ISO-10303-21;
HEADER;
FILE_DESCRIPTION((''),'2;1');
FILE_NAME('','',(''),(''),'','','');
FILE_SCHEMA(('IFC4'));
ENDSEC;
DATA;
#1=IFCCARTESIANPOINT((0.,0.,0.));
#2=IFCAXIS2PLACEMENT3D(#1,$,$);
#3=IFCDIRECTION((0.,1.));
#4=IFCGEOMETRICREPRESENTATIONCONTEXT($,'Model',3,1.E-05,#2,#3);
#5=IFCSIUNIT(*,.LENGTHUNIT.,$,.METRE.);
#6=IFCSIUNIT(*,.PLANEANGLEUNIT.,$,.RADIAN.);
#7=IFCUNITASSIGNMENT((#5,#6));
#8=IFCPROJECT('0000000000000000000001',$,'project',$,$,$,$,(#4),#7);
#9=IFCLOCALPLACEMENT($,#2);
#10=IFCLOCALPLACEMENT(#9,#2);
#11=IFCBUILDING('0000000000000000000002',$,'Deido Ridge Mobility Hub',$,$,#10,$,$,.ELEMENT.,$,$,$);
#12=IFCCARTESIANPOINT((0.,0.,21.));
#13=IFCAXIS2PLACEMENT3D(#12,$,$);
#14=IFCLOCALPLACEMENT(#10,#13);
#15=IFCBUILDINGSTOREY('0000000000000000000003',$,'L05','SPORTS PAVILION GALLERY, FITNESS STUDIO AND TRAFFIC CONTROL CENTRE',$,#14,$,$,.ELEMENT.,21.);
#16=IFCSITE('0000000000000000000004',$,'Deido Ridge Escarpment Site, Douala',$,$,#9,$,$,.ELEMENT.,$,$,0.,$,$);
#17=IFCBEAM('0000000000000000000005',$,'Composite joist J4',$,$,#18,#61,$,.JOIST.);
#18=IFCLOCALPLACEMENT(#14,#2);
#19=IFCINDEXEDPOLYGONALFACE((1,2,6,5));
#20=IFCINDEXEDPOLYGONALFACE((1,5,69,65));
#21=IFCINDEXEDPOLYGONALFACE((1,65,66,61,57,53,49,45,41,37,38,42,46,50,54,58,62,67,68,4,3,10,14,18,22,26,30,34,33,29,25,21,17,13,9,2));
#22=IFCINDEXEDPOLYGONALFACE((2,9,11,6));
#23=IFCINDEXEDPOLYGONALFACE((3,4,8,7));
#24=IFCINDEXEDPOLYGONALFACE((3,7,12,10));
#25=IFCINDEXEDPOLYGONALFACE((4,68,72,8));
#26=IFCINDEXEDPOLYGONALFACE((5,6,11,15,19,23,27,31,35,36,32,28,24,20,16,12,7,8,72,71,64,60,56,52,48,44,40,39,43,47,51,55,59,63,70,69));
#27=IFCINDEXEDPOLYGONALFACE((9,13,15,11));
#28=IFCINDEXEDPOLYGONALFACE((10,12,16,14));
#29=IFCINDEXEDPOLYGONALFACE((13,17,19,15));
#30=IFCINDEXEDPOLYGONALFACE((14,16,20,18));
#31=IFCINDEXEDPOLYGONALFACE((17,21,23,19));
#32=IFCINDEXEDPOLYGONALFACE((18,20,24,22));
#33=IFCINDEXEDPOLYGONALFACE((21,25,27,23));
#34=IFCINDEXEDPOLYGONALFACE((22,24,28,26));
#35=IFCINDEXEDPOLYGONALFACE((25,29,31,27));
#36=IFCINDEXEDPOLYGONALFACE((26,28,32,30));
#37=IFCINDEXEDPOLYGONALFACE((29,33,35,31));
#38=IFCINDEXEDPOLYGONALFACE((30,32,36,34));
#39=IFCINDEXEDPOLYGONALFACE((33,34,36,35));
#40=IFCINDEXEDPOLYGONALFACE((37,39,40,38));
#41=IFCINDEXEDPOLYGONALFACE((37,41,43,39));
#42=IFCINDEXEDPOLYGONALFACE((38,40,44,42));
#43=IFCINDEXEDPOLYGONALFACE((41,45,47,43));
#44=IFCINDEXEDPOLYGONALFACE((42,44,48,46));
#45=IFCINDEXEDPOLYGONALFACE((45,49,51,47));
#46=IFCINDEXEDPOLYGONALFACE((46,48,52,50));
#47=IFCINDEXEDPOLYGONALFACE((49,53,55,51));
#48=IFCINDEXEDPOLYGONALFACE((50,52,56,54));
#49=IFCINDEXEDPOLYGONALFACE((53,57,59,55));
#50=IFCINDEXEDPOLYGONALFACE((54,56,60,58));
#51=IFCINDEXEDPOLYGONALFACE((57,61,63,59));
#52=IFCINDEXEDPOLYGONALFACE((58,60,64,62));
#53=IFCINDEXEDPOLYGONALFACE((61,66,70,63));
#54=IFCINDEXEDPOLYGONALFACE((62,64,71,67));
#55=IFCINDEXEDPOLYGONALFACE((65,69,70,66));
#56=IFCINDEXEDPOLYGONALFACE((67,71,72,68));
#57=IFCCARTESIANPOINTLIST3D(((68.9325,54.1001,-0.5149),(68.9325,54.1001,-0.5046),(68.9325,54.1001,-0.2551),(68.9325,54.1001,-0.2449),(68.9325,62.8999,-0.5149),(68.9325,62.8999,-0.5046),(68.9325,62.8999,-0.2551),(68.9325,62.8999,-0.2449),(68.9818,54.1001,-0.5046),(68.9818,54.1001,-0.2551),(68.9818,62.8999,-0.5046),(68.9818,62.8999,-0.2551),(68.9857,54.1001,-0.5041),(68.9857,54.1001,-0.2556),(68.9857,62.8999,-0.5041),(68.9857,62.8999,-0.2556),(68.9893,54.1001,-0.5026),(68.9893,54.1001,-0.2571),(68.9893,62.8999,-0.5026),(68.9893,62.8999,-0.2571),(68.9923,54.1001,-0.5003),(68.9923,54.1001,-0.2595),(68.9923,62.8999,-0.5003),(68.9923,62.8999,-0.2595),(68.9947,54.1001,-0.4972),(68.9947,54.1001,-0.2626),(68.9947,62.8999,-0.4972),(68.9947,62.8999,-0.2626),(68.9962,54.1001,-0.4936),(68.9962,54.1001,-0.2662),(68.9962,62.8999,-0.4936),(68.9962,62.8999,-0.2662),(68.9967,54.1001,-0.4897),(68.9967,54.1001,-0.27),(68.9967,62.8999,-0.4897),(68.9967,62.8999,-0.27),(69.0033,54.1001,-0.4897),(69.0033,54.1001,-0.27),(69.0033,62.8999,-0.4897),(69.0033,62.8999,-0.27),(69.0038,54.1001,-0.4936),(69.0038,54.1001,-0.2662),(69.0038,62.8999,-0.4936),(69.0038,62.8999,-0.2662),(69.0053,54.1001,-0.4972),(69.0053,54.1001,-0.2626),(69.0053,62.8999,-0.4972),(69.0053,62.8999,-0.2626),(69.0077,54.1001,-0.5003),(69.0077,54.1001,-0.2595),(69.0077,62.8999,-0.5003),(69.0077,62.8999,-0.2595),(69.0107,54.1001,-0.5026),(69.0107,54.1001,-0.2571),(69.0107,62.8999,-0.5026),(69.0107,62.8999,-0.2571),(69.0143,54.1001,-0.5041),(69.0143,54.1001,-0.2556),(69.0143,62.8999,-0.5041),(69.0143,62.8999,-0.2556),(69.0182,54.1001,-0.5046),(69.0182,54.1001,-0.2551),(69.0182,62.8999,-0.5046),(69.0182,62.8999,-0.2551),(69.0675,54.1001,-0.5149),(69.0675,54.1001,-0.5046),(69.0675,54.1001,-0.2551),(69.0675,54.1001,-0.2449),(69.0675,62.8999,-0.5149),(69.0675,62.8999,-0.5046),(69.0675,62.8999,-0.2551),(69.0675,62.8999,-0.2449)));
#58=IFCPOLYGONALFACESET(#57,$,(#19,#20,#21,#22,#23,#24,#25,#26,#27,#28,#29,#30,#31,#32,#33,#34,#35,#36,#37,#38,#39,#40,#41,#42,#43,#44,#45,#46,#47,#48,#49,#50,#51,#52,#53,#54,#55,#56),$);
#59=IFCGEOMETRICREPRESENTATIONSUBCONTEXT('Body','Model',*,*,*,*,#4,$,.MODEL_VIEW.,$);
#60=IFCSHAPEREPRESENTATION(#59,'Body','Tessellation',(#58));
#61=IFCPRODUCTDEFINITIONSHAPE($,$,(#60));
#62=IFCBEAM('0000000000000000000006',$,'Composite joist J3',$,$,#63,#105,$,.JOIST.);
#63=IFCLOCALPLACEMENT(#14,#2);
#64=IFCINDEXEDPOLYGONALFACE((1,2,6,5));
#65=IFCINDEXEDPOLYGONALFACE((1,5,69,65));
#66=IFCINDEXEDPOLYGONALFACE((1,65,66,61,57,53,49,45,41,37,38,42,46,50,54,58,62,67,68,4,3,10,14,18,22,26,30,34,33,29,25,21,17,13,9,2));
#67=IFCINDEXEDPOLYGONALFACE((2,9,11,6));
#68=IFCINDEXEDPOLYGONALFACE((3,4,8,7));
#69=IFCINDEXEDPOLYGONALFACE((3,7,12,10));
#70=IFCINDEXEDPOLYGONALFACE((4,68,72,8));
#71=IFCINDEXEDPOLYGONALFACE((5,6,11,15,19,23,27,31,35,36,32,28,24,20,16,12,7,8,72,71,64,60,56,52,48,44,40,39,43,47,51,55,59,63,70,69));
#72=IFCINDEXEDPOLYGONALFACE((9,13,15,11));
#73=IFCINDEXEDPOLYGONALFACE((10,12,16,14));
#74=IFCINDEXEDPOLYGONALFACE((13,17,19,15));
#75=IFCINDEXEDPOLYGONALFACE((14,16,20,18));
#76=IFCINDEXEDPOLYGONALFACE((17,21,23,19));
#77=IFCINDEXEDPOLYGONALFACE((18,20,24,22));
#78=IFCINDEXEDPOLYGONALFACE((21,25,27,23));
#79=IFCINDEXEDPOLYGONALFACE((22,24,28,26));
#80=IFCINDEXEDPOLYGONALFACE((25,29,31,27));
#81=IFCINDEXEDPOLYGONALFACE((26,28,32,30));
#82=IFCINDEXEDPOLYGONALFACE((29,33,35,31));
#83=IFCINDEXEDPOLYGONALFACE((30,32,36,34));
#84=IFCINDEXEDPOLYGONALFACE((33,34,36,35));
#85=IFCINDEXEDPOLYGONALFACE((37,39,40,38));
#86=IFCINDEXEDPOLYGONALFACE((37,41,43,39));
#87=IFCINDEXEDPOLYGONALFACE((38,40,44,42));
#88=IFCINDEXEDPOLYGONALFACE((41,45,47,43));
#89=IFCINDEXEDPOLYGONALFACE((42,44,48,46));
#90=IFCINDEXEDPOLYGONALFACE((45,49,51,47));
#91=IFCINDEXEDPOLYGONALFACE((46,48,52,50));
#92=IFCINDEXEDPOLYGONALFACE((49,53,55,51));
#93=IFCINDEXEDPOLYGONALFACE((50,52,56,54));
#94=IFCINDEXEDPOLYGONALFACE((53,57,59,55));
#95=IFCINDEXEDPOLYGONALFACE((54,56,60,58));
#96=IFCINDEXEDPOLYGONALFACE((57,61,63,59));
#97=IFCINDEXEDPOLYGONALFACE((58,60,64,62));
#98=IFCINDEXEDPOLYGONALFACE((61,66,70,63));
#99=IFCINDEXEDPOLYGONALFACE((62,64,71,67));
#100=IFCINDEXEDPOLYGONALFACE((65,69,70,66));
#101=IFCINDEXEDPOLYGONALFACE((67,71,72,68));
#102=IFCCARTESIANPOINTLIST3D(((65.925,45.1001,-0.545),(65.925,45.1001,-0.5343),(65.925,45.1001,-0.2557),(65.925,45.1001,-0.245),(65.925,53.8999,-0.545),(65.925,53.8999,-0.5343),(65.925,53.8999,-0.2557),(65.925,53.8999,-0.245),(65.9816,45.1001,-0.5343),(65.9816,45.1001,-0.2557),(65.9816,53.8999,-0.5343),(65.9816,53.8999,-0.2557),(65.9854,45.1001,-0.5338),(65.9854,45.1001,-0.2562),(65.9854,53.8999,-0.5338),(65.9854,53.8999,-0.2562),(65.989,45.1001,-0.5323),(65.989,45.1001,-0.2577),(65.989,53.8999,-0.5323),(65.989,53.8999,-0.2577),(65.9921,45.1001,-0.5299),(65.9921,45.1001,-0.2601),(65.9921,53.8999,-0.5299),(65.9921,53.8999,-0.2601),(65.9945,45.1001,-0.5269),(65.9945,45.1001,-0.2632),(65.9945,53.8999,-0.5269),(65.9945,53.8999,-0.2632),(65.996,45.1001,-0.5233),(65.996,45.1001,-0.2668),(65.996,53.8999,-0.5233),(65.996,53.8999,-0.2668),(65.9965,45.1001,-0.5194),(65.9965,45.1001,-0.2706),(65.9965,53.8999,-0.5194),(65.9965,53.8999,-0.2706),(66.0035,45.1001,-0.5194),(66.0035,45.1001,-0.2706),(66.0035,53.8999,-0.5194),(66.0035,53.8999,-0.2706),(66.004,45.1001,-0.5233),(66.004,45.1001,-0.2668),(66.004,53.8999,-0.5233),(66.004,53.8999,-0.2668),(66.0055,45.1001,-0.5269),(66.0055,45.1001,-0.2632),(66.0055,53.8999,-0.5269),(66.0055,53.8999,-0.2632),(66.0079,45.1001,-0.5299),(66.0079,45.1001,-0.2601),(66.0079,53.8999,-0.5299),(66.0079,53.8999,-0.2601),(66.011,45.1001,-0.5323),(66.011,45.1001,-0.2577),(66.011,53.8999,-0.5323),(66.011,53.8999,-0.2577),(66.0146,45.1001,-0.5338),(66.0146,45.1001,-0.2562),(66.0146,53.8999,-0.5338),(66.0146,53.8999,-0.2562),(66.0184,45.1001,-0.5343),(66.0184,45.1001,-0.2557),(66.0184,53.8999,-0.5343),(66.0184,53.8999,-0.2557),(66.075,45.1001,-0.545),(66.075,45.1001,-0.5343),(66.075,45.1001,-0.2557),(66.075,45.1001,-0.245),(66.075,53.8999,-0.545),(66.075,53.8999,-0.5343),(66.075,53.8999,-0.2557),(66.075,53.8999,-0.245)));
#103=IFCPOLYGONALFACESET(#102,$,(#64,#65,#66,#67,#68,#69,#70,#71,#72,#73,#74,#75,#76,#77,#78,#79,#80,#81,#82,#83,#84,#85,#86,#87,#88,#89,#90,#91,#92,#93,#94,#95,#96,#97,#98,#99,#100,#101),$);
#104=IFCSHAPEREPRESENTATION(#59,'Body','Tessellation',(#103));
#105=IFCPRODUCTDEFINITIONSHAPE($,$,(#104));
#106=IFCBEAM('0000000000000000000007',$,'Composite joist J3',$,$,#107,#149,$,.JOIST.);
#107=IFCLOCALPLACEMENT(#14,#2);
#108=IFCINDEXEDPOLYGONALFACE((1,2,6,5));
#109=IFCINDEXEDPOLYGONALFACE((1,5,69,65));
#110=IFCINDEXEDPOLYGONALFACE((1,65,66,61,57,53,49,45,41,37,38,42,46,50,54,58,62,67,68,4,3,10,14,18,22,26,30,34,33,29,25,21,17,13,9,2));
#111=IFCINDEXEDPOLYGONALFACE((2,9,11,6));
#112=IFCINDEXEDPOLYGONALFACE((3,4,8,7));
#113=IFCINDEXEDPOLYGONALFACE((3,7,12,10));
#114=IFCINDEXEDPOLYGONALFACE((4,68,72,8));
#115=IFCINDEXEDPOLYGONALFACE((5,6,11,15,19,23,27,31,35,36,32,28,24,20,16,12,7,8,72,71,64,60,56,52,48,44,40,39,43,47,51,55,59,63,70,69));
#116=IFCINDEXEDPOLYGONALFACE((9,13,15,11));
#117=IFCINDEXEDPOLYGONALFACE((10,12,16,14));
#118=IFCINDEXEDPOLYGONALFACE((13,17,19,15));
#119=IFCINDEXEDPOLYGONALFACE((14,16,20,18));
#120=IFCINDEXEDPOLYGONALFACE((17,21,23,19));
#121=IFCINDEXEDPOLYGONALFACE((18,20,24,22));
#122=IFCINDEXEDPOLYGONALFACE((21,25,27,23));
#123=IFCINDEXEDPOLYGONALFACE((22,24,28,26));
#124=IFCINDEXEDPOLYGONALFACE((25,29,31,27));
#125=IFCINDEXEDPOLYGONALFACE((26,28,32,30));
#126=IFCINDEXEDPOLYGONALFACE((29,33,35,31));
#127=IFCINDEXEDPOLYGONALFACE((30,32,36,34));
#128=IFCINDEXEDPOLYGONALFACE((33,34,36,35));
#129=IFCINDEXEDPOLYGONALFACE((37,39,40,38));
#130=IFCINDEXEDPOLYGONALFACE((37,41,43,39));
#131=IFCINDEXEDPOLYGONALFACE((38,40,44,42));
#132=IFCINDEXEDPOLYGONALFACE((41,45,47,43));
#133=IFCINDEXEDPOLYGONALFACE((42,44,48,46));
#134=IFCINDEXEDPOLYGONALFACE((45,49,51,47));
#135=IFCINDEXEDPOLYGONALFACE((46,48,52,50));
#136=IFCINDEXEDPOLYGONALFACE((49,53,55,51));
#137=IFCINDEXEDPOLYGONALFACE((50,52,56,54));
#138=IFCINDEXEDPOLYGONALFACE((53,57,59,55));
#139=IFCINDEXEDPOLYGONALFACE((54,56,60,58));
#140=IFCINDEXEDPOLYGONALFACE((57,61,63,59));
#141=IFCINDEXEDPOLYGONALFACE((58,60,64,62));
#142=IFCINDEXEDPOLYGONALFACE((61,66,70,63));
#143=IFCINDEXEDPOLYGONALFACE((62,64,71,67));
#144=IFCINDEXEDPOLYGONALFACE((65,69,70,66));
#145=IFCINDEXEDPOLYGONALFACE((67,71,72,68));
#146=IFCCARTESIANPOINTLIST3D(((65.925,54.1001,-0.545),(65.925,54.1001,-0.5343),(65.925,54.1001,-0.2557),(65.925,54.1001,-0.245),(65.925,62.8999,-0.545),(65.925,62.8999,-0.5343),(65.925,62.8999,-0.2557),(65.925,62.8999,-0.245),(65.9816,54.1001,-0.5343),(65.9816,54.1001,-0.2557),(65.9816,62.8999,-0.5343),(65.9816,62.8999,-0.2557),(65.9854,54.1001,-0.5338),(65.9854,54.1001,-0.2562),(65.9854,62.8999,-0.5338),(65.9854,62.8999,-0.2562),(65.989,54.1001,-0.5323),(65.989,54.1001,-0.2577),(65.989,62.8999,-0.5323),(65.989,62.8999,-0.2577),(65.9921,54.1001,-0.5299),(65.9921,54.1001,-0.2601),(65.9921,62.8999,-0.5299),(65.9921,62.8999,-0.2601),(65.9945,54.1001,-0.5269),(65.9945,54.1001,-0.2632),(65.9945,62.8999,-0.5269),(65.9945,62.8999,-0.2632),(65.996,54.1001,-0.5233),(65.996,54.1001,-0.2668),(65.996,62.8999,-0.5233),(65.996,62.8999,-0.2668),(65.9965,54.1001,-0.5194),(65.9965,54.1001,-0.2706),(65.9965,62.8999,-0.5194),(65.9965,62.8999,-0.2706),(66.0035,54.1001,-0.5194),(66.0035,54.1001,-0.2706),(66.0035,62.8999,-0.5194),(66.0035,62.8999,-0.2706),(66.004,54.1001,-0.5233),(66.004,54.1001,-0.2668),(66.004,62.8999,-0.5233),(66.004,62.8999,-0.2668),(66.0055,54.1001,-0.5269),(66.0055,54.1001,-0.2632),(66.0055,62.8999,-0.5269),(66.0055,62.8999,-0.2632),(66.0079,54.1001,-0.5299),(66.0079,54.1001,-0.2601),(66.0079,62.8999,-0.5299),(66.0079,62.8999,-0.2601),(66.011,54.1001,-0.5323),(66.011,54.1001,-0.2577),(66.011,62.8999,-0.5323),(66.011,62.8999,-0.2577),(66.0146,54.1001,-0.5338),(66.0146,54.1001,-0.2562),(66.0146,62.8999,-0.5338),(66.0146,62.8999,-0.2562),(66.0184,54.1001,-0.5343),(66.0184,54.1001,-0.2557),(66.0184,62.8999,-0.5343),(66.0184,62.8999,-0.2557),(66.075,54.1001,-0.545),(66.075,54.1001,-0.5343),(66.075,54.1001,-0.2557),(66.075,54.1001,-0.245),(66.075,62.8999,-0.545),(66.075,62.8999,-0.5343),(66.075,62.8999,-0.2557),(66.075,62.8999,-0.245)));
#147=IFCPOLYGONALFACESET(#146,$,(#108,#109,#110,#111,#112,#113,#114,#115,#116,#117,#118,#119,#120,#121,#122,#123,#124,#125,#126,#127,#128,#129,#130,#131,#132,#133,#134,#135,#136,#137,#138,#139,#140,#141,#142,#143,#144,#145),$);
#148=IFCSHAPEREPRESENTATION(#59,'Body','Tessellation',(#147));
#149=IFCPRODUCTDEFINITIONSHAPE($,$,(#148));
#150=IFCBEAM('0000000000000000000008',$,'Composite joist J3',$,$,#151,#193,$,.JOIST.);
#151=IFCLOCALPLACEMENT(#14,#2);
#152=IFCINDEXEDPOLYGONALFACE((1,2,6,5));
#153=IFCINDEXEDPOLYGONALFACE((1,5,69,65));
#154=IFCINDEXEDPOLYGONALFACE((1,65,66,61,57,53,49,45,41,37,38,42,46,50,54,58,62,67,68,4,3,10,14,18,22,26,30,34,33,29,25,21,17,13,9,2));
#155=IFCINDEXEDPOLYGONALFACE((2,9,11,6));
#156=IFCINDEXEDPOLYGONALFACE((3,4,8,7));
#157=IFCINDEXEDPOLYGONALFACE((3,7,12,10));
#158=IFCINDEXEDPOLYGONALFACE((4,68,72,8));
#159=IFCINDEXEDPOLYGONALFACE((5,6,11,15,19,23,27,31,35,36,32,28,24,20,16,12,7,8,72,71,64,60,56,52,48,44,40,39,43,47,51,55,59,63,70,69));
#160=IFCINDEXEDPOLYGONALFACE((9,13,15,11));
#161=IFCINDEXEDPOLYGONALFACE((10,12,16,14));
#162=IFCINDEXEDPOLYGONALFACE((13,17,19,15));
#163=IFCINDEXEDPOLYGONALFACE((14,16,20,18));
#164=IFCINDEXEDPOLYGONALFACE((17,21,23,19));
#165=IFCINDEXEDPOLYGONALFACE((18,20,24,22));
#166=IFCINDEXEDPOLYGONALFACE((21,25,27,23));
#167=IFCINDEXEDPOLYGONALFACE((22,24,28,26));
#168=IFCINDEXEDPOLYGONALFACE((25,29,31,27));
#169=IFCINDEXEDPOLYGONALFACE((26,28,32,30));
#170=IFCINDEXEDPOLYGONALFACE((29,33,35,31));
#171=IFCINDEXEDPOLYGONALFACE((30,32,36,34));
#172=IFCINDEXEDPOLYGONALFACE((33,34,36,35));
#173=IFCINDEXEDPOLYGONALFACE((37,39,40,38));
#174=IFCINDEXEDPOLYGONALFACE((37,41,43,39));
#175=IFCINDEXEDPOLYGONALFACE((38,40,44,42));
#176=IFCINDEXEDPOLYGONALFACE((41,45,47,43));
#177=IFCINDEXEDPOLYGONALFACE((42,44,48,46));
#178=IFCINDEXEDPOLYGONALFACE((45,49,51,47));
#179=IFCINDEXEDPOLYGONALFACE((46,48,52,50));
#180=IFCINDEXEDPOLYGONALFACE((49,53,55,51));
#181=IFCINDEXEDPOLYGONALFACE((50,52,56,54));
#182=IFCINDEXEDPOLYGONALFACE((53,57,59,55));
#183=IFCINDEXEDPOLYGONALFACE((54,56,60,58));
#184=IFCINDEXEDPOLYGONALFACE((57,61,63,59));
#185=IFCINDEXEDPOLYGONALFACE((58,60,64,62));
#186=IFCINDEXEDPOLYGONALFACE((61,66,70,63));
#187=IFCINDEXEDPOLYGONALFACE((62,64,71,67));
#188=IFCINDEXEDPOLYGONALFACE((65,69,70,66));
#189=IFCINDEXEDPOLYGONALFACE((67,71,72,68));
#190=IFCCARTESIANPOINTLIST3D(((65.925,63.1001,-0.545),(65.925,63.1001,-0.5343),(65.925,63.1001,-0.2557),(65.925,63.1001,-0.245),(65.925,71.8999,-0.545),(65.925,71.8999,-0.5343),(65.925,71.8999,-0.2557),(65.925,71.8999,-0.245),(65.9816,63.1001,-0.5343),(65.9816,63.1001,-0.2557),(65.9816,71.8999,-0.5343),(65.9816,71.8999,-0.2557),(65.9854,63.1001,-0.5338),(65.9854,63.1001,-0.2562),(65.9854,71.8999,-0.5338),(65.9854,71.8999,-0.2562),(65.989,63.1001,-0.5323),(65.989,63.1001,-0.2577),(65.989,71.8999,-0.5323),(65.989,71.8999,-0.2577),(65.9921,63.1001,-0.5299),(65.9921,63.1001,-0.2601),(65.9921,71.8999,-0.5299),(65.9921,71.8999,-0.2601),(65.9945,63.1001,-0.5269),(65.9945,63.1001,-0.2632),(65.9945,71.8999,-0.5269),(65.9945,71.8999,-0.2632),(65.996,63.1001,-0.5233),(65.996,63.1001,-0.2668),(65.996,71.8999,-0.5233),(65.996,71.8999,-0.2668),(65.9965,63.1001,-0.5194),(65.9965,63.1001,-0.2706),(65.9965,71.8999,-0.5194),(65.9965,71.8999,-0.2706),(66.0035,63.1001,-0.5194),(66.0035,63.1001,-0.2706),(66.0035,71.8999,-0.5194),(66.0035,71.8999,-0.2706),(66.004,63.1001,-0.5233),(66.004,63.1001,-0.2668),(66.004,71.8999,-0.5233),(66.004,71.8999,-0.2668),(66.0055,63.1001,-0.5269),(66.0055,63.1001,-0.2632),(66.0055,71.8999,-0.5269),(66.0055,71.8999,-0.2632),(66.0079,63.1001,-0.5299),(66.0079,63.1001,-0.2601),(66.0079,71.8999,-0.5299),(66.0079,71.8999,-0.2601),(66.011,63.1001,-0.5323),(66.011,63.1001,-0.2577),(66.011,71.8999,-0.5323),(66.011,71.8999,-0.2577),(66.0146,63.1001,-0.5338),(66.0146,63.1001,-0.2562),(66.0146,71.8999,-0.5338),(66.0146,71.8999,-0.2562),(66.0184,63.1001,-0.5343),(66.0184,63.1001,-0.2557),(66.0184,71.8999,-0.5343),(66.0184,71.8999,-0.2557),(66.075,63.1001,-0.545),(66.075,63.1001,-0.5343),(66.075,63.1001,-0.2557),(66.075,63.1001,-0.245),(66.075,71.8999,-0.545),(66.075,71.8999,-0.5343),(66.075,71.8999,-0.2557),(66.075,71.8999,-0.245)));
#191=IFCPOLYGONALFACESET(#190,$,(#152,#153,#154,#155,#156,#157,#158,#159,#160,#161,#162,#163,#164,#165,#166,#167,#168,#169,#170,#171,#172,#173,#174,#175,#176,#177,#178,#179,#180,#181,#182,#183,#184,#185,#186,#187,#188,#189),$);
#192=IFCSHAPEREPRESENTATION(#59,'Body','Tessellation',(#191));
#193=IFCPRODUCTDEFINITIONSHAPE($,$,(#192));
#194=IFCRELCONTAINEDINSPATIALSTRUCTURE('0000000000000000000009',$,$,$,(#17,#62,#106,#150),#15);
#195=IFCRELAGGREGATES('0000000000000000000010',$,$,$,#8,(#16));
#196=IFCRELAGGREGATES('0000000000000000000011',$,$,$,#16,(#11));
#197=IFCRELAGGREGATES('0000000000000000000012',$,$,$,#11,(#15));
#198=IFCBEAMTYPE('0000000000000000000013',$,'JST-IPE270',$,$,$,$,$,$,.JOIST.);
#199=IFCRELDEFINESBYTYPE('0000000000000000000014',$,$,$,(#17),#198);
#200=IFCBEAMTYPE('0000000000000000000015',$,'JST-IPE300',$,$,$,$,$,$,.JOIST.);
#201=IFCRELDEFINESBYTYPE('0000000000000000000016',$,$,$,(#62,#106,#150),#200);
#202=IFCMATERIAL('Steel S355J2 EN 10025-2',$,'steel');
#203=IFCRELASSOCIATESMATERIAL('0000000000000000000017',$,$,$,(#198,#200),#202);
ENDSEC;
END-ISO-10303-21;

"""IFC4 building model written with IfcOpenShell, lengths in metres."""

from ifc_helpers import new_model, si_unit, direction, frame, origin, origin_2d, place, context, subcontext, project, spatial, i_section, extrude, material, material_profile, profile_set, type_object, element, save


model = new_model("IFC4")

# Units and contexts
model_context = context("Model", 3, precision=1e-05, world=origin(), true_north=direction((0.0, 1.0)))
body_context = subcontext(model_context, "Body", "Model", "MODEL_VIEW")
ifc_project = project(units=[si_unit("LENGTHUNIT", "METRE"), si_unit("PLANEANGLEUNIT", "RADIAN")], contexts=[model_context])

# Site, building, storey
site_placement = place(None, origin())
site = spatial("IfcSite", under=ifc_project, at=site_placement, Name="Deido Ridge Escarpment Site, Douala", CompositionType="ELEMENT", RefElevation=0.0)
building_placement = place(site_placement, origin())
building = spatial("IfcBuilding", under=site, at=building_placement, Name="Deido Ridge Mobility Hub", CompositionType="ELEMENT")
storey_placement = place(building_placement, frame((0.0, 0.0, 21.0)))
storey = spatial("IfcBuildingStorey", under=building, at=storey_placement, Name="L05", Description="SPORTS PAVILION GALLERY, FITNESS STUDIO AND TRAFFIC CONTROL CENTRE", CompositionType="ELEMENT", Elevation=21.0)

# Shared definitions
ifc_material_1 = material(Name="Steel S355J2 EN 10025-2", Category="steel")

# Beams
ifc_material_profile_1 = material_profile(ifc_material_1, i_section(OverallWidth=0.135, OverallDepth=0.27, WebThickness=0.0066, FlangeThickness=0.0103, FilletRadius=0.0149, at=origin_2d()), Name="IPE 270")
ifc_profile_set_1 = profile_set([ifc_material_profile_1], Name="Steel S355J2 EN 10025-2")
beam_type_1 = type_object("IfcBeamType", Name="JST-IPE270", PredefinedType="JOIST", material=ifc_profile_set_1)
for number, where, z_axis, x_axis, name in (
    (1, (69.0, 54.1001, -0.3799), (0.0, 1.0, 0.0), (-1.0, 0.0, 0.0), "Composite joist J4"),
):
    element("IfcBeam", number, at=place(storey_placement, frame(where, z_axis=z_axis, x_axis=x_axis)), inside=storey, type_object=beam_type_1, Name=name, PredefinedType="JOIST", context=body_context, shape_type="SweptSolid", body=[
        extrude(i_section(OverallWidth=0.135, OverallDepth=0.27, WebThickness=0.0066, FlangeThickness=0.0103, FilletRadius=0.0149, at=origin_2d()), origin(), (0.0, 0.0, 1.0), 8.7998),
    ])
ifc_material_profile_2 = material_profile(ifc_material_1, i_section(OverallWidth=0.1499, OverallDepth=0.3, WebThickness=0.0071, FlangeThickness=0.0107, FilletRadius=0.0149, at=origin_2d()), Name="IPE 300")
ifc_profile_set_2 = profile_set([ifc_material_profile_2], Name="Steel S355J2 EN 10025-2")
beam_type_2 = type_object("IfcBeamType", Name="JST-IPE300", PredefinedType="JOIST", material=ifc_profile_set_2)
for number, where, z_axis, x_axis, name in (
    (2, (66.0, 45.1001, -0.395), (0.0, 1.0, 0.0), (-1.0, 0.0, 0.0), "Composite joist J3"),
    (3, (66.0, 54.1001, -0.395), (0.0, 1.0, 0.0), (-1.0, 0.0, 0.0), "Composite joist J3"),
    (4, (66.0, 63.1001, -0.395), (0.0, 1.0, 0.0), (-1.0, 0.0, 0.0), "Composite joist J3"),
):
    element("IfcBeam", number, at=place(storey_placement, frame(where, z_axis=z_axis, x_axis=x_axis)), inside=storey, type_object=beam_type_2, Name=name, PredefinedType="JOIST", context=body_context, shape_type="SweptSolid", body=[
        extrude(i_section(OverallWidth=0.1499, OverallDepth=0.3, WebThickness=0.0071, FlangeThickness=0.0107, FilletRadius=0.0149, at=origin_2d()), origin(), (0.0, 0.0, 1.0), 8.7998),
    ])

save(model, "model.ifc")
